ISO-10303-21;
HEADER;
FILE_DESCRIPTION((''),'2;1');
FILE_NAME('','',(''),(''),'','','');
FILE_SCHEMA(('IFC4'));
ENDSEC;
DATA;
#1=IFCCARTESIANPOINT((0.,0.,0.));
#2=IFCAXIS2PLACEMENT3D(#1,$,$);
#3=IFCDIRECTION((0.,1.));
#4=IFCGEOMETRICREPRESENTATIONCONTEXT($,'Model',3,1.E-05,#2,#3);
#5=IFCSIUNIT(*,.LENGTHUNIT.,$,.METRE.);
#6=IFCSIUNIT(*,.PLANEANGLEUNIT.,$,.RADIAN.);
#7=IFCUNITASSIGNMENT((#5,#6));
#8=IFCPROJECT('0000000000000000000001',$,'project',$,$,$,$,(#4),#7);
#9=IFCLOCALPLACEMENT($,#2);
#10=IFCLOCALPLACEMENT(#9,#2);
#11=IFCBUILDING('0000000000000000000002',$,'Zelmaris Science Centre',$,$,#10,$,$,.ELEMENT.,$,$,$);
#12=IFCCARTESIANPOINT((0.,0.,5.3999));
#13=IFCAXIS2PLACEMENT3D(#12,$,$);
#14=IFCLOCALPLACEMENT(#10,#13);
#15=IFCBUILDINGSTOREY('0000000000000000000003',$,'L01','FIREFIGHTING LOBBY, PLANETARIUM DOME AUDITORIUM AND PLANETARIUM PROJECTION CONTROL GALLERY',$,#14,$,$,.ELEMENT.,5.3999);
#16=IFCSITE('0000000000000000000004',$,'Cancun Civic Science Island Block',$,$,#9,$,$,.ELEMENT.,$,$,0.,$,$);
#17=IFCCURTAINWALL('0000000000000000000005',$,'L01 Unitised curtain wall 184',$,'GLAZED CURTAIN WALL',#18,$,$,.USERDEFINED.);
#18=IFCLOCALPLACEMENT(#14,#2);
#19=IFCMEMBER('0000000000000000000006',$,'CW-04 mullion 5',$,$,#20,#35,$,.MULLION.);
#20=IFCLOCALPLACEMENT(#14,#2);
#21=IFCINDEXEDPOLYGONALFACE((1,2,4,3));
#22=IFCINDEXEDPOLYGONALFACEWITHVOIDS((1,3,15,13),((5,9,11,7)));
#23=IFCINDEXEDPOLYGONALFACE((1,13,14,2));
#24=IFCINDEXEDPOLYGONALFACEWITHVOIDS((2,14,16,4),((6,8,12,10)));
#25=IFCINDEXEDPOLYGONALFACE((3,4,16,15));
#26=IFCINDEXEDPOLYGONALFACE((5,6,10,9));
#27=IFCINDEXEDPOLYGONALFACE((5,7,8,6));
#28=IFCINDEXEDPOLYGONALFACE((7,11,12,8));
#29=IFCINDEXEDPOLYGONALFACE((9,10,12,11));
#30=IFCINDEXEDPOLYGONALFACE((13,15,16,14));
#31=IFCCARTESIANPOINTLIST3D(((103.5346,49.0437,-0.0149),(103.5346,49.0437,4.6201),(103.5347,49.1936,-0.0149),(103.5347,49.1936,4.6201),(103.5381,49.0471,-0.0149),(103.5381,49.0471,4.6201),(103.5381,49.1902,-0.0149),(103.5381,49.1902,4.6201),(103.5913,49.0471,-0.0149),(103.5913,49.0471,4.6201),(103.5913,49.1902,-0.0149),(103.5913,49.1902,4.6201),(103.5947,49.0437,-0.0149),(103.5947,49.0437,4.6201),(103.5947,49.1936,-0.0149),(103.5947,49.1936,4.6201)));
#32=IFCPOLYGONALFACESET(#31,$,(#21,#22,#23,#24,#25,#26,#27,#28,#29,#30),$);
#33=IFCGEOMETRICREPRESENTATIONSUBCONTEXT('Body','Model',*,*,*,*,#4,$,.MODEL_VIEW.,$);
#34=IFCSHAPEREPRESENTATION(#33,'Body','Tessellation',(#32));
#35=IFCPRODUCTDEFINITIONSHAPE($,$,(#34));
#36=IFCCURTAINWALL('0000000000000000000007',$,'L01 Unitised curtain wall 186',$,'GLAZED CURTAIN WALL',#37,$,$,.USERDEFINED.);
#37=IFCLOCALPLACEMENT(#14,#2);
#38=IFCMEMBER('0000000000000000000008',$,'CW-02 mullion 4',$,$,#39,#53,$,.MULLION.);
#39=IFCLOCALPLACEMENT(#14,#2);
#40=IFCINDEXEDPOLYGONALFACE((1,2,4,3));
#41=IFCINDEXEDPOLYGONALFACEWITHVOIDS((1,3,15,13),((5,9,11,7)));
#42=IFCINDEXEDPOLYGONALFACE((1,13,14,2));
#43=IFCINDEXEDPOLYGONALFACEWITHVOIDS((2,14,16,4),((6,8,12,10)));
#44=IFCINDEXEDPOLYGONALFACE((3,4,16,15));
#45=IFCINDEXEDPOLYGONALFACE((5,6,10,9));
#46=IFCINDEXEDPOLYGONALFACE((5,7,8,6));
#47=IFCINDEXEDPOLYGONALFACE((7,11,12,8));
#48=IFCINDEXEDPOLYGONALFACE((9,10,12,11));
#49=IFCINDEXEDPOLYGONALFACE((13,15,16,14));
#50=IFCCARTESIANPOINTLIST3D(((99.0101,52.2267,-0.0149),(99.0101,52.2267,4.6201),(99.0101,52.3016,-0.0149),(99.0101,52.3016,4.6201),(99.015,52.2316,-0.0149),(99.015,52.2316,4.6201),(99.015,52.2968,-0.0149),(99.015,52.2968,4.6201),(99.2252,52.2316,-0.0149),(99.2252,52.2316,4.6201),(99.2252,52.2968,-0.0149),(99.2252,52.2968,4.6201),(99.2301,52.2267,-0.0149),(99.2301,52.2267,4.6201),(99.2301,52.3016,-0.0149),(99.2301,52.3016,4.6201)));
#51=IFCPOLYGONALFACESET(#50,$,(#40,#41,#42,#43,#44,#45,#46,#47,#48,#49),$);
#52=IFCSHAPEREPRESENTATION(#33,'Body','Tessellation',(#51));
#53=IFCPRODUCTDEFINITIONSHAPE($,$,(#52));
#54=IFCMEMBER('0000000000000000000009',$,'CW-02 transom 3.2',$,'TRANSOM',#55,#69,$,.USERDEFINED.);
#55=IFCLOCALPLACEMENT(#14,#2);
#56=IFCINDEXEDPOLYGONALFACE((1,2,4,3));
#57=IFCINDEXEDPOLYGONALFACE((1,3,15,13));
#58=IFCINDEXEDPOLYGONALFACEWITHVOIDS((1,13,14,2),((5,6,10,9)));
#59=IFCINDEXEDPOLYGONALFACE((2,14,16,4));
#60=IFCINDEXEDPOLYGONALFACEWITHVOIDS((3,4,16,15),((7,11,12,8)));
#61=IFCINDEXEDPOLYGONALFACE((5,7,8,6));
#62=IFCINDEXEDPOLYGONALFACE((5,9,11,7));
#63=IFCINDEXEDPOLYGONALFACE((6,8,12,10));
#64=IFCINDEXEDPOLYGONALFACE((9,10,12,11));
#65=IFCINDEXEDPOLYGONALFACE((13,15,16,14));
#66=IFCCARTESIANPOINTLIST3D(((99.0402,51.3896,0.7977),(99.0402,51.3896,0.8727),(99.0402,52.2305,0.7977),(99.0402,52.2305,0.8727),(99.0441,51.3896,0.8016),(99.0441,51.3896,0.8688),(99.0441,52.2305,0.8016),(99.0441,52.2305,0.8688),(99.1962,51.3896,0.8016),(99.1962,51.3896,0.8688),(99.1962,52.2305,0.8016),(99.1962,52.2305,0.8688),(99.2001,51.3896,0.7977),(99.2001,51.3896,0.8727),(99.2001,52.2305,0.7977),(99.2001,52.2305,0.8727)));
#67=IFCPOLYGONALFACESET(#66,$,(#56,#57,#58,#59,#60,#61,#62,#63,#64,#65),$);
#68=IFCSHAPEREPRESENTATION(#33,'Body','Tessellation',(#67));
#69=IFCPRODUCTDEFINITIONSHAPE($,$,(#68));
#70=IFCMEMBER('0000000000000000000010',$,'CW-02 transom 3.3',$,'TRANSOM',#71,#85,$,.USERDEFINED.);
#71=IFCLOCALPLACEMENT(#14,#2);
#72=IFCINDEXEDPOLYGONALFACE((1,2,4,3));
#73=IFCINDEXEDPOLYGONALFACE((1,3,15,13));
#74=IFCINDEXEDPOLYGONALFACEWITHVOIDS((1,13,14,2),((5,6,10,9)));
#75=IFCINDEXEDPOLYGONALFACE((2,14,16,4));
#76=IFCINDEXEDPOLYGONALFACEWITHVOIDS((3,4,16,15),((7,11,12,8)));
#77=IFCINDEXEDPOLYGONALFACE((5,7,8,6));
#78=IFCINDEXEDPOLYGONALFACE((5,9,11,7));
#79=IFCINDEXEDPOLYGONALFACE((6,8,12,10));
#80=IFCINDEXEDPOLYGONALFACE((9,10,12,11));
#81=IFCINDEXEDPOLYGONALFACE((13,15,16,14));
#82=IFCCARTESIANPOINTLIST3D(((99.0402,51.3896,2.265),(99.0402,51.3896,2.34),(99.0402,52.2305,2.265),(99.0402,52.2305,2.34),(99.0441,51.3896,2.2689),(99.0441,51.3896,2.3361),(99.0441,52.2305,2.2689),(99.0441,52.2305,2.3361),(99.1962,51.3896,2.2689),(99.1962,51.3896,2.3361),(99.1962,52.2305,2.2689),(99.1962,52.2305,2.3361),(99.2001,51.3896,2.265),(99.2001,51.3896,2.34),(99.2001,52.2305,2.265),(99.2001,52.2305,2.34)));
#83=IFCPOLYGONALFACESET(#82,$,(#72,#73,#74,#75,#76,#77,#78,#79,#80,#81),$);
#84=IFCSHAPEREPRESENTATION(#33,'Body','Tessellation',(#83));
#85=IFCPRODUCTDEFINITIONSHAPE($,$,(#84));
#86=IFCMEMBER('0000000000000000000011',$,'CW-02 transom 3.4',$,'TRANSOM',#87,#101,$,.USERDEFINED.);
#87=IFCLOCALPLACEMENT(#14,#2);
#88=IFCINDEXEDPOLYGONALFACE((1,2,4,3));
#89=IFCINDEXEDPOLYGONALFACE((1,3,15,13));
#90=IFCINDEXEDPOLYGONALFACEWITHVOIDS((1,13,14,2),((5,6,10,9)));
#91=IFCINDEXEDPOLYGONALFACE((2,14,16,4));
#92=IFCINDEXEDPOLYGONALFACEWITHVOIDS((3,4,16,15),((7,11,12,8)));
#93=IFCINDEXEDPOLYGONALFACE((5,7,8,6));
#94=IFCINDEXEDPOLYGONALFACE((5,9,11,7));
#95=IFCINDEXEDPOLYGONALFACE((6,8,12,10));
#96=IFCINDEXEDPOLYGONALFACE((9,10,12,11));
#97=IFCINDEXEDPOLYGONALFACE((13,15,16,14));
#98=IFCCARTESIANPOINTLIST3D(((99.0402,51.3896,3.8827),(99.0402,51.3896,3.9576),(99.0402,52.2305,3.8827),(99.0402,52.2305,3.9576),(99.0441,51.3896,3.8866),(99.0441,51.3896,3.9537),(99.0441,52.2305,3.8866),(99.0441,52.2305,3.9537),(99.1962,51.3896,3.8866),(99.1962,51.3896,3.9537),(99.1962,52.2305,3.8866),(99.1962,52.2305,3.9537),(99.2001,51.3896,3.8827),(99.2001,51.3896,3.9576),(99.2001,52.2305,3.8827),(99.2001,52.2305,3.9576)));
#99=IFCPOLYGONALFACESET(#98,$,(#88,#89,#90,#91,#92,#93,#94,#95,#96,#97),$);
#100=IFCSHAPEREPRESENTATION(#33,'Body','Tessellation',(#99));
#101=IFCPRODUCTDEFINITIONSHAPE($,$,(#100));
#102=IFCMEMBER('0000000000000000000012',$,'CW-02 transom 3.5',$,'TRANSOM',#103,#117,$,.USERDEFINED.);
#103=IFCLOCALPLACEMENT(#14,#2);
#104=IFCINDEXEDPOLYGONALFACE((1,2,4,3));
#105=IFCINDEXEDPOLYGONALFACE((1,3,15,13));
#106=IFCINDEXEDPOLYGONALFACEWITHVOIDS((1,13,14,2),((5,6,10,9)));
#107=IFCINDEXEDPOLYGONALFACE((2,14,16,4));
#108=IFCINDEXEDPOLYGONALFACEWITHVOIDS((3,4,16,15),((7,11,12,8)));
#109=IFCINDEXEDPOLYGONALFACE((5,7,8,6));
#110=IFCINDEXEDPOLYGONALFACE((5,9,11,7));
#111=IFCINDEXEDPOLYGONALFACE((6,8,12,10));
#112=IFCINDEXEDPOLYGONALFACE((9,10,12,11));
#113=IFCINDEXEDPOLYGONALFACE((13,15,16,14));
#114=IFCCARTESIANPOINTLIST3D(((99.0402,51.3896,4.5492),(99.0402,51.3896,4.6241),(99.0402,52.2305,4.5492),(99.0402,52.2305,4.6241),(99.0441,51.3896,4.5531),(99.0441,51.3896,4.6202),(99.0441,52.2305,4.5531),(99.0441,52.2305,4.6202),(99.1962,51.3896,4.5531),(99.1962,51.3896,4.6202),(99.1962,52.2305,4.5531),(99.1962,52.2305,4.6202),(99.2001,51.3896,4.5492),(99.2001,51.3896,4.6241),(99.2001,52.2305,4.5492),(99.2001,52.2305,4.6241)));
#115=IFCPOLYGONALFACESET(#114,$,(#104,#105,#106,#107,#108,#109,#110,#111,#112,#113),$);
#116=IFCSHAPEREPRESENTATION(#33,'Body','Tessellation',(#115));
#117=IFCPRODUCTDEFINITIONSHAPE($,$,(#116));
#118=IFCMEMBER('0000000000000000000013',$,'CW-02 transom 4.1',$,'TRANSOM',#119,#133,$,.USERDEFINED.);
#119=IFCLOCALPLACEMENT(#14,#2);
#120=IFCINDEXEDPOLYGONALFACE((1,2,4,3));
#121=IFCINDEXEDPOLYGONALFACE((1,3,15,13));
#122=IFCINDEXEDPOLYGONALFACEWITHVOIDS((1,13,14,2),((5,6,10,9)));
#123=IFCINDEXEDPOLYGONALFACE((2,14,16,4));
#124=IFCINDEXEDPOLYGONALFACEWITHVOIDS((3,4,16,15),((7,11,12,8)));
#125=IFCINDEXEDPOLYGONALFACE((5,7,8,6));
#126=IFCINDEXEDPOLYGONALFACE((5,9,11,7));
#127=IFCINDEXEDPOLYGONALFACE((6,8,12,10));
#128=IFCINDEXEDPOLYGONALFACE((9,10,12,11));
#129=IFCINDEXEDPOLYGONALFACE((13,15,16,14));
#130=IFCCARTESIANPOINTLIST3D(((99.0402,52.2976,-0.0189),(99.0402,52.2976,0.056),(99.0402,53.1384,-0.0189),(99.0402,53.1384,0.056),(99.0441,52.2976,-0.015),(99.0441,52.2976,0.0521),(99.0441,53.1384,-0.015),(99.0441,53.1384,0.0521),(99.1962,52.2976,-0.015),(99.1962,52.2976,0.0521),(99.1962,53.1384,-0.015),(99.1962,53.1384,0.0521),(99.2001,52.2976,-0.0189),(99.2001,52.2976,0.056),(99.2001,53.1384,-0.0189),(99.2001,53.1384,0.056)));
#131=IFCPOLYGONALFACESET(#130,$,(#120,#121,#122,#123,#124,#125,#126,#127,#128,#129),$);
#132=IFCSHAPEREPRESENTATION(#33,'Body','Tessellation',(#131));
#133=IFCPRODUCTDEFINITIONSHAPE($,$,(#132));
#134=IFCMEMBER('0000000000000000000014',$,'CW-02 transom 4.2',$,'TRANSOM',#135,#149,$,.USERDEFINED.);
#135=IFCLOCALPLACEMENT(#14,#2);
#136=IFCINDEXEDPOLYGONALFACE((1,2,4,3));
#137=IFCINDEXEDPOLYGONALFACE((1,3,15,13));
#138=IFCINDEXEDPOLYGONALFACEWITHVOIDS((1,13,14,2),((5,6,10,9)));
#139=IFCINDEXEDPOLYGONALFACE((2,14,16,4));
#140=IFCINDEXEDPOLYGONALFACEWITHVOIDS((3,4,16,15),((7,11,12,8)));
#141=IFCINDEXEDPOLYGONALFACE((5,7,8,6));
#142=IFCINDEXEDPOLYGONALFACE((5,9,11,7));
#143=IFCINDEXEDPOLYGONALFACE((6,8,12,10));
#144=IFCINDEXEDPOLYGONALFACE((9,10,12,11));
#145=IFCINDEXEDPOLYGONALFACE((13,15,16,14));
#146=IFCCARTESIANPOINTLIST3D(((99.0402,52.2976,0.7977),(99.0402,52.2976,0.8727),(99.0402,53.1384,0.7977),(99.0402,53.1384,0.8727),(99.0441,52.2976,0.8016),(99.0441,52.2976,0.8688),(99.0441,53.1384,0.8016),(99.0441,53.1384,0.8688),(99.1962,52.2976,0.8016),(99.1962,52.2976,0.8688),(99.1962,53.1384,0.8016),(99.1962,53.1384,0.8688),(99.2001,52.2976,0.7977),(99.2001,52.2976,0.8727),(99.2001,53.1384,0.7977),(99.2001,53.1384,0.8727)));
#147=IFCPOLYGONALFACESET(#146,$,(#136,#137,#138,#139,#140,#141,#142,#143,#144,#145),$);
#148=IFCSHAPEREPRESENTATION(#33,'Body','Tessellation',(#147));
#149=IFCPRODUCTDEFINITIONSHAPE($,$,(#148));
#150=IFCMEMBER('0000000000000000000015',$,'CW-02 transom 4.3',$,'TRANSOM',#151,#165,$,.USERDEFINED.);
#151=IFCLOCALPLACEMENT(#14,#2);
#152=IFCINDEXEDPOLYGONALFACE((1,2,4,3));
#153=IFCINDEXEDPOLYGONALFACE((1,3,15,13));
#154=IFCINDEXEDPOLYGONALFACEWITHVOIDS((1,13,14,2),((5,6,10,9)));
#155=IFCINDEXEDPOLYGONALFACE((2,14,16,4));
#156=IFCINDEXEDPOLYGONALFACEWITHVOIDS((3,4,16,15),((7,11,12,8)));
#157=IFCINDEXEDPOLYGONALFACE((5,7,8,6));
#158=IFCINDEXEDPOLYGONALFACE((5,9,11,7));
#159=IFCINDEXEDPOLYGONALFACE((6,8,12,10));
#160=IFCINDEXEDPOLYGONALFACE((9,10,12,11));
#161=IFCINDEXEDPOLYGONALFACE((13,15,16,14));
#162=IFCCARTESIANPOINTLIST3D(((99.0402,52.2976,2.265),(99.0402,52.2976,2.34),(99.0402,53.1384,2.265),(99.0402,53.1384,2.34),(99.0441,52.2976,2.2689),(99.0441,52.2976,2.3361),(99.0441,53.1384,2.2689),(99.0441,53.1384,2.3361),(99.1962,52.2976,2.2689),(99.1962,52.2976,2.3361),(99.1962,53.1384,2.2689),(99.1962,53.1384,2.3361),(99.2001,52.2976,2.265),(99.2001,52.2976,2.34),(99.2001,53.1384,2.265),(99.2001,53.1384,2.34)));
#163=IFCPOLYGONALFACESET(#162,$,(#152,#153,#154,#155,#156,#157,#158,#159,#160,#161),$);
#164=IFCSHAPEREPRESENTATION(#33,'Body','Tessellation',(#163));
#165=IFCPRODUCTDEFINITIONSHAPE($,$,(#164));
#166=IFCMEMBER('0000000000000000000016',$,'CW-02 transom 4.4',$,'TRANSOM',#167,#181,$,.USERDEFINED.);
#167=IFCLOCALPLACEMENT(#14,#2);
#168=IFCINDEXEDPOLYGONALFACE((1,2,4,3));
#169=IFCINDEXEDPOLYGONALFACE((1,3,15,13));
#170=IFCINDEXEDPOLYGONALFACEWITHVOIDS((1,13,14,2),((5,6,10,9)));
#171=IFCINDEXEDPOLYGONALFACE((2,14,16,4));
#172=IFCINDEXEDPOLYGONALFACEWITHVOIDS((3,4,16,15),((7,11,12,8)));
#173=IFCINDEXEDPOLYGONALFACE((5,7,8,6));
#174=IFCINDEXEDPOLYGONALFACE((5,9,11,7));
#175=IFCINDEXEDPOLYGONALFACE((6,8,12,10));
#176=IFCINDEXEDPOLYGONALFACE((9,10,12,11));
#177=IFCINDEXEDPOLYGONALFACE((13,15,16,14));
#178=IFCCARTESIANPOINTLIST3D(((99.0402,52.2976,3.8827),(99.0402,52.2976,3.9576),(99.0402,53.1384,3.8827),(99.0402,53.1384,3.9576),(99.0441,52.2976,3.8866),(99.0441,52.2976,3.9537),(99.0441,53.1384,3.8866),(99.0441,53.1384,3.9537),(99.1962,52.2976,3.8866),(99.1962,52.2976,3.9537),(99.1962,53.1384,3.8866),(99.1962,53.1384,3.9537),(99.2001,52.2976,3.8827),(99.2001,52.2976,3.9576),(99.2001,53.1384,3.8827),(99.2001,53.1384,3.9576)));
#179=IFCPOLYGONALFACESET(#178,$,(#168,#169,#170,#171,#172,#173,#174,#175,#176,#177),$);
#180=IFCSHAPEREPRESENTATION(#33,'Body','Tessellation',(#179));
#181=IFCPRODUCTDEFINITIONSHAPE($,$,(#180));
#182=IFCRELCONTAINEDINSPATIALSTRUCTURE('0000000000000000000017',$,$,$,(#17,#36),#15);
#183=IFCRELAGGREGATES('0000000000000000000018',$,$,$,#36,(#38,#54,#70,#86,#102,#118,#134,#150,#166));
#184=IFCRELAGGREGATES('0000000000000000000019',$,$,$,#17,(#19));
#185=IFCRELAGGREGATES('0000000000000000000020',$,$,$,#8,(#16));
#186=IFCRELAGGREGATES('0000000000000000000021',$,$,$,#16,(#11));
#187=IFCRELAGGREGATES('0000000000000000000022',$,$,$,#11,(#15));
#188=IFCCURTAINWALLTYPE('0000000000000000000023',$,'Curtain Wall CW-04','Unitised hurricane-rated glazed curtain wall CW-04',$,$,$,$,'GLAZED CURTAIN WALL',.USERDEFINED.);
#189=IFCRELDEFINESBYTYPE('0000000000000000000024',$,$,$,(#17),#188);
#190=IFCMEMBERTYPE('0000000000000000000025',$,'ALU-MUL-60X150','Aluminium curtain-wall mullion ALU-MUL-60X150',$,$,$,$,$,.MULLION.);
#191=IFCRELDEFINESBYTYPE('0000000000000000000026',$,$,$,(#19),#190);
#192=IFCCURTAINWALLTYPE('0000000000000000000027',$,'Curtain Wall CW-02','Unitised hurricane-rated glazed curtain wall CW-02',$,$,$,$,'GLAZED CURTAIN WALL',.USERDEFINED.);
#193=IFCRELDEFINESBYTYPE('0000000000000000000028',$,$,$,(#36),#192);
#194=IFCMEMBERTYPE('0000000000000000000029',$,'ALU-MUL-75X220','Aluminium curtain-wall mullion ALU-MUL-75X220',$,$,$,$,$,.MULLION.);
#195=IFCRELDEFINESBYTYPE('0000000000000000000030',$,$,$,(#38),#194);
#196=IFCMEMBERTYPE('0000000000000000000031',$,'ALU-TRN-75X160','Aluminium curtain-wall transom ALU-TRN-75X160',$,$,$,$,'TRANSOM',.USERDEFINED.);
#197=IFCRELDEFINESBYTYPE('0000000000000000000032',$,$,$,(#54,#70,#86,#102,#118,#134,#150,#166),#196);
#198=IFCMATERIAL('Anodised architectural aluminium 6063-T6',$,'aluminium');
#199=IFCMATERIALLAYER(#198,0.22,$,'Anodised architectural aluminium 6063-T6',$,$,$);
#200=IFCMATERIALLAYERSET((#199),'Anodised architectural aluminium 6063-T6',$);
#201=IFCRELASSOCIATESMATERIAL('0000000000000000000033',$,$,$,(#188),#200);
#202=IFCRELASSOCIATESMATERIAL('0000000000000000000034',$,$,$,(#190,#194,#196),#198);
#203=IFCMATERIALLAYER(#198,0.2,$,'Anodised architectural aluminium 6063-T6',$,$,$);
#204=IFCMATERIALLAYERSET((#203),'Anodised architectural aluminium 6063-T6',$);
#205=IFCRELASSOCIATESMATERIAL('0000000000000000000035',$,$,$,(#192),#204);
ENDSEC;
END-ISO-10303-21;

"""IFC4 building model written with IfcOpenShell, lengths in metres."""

from ifc_helpers import new_model, si_unit, direction, frame, origin, origin_2d, place, context, subcontext, project, spatial, hollow_rectangle, extrude, material, layer, layer_set, material_profile, profile_set, type_object, element, aggregate, save


model = new_model("IFC4")

# Units and contexts
model_context = context("Model", 3, precision=1e-05, world=origin(), true_north=direction((0.0, 1.0)))
body_context = subcontext(model_context, "Body", "Model", "MODEL_VIEW")
ifc_project = project(units=[si_unit("LENGTHUNIT", "METRE"), si_unit("PLANEANGLEUNIT", "RADIAN")], contexts=[model_context])

# Site, building, storey
site_placement = place(None, origin())
site = spatial("IfcSite", under=ifc_project, at=site_placement, Name="Cancun Civic Science Island Block", CompositionType="ELEMENT", RefElevation=0.0)
building_placement = place(site_placement, origin())
building = spatial("IfcBuilding", under=site, at=building_placement, Name="Zelmaris Science Centre", CompositionType="ELEMENT")
storey_placement = place(building_placement, frame((0.0, 0.0, 5.3999)))
storey = spatial("IfcBuildingStorey", under=building, at=storey_placement, Name="L01", Description="FIREFIGHTING LOBBY, PLANETARIUM DOME AUDITORIUM AND PLANETARIUM PROJECTION CONTROL GALLERY", CompositionType="ELEMENT", Elevation=5.3999)

# Curtain wall, member
ifc_material_1 = material(Name="Anodised architectural aluminium 6063-T6", Category="aluminium")
ifc_layer_1 = layer(ifc_material_1, 0.22, Name="Anodised architectural aluminium 6063-T6")
ifc_layer_set_1 = layer_set([ifc_layer_1], Name="Anodised architectural aluminium 6063-T6")
curtain_wall_type_1 = type_object("IfcCurtainWallType", Name="Curtain Wall CW-04", Description="Unitised hurricane-rated glazed curtain wall CW-04", ElementType="GLAZED CURTAIN WALL", PredefinedType="USERDEFINED", material=ifc_layer_set_1)
curtain_wall_1_placement = place(storey_placement, origin())
curtain_wall_1 = element("IfcCurtainWall", 1, at=curtain_wall_1_placement, inside=storey, type_object=curtain_wall_type_1, Name="L01 Unitised curtain wall 184", ObjectType="GLAZED CURTAIN WALL", PredefinedType="USERDEFINED")
ifc_material_profile_1 = material_profile(ifc_material_1, hollow_rectangle(XDim=0.0601, YDim=0.1499, WallThickness=0.0034, at=origin_2d()), Name="ALU-MUL-60X150")
ifc_profile_set_1 = profile_set([ifc_material_profile_1], Name="Anodised architectural aluminium 6063-T6")
member_type_1 = type_object("IfcMemberType", Name="ALU-MUL-60X150", Description="Aluminium curtain-wall mullion ALU-MUL-60X150", PredefinedType="MULLION", material=ifc_profile_set_1)
member_1_placement = place(storey_placement, frame((103.5647, 49.1187, -0.0149), z_axis=(0.0, 0.0, 1.0), x_axis=(-1.0, 0.000297, 0.0)))
member_1 = element("IfcMember", 2, at=member_1_placement, type_object=member_type_1, Name="CW-04 mullion 5", PredefinedType="MULLION", context=body_context, shape_type="SweptSolid", body=[
    extrude(hollow_rectangle(XDim=0.0601, YDim=0.1499, WallThickness=0.0034, at=origin_2d()), origin(), (0.0, 0.0, 1.0), 4.635),
])

# Curtain wall, members
ifc_layer_2 = layer(ifc_material_1, 0.2, Name="Anodised architectural aluminium 6063-T6")
ifc_layer_set_2 = layer_set([ifc_layer_2], Name="Anodised architectural aluminium 6063-T6")
curtain_wall_type_2 = type_object("IfcCurtainWallType", Name="Curtain Wall CW-02", Description="Unitised hurricane-rated glazed curtain wall CW-02", ElementType="GLAZED CURTAIN WALL", PredefinedType="USERDEFINED", material=ifc_layer_set_2)
curtain_wall_2_placement = place(storey_placement, origin())
curtain_wall_2 = element("IfcCurtainWall", 3, at=curtain_wall_2_placement, inside=storey, type_object=curtain_wall_type_2, Name="L01 Unitised curtain wall 186", ObjectType="GLAZED CURTAIN WALL", PredefinedType="USERDEFINED")
ifc_material_profile_2 = material_profile(ifc_material_1, hollow_rectangle(XDim=0.075, YDim=0.22, WallThickness=0.0049, at=origin_2d()), Name="ALU-MUL-75X220")
ifc_profile_set_2 = profile_set([ifc_material_profile_2], Name="Anodised architectural aluminium 6063-T6")
member_type_2 = type_object("IfcMemberType", Name="ALU-MUL-75X220", Description="Aluminium curtain-wall mullion ALU-MUL-75X220", PredefinedType="MULLION", material=ifc_profile_set_2)
member_2_placement = place(storey_placement, frame((99.1201, 52.2642, -0.0149), z_axis=(0.0, 0.0, 1.0), x_axis=(-0.000005, 1.0, 0.0)))
member_2 = element("IfcMember", 4, at=member_2_placement, type_object=member_type_2, Name="CW-02 mullion 4", PredefinedType="MULLION", context=body_context, shape_type="SweptSolid", body=[
    extrude(hollow_rectangle(XDim=0.075, YDim=0.22, WallThickness=0.0049, at=origin_2d()), origin(), (0.0, 0.0, 1.0), 4.635),
])
ifc_material_profile_3 = material_profile(ifc_material_1, hollow_rectangle(XDim=0.075, YDim=0.1599, WallThickness=0.0039, at=origin_2d()), Name="ALU-TRN-75X160")
ifc_profile_set_3 = profile_set([ifc_material_profile_3], Name="Anodised architectural aluminium 6063-T6")
member_type_3 = type_object("IfcMemberType", Name="ALU-TRN-75X160", Description="Aluminium curtain-wall transom ALU-TRN-75X160", ElementType="TRANSOM", PredefinedType="USERDEFINED", material=ifc_profile_set_3)
member_3_placement = place(storey_placement, frame((99.1201, 51.3896, 0.8352), z_axis=(0.0, 1.0, 0.0), x_axis=(0.0, 0.0, 1.0)))
member_3 = element("IfcMember", 5, at=member_3_placement, type_object=member_type_3, Name="CW-02 transom 3.2", ObjectType="TRANSOM", PredefinedType="USERDEFINED", context=body_context, shape_type="SweptSolid", body=[
    extrude(hollow_rectangle(XDim=0.075, YDim=0.1599, WallThickness=0.0039, at=origin_2d()), origin(), (0.0, 0.0, 1.0), 0.8408),
])
member_4_placement = place(storey_placement, frame((99.1201, 51.3896, 2.3025), z_axis=(0.0, 1.0, 0.0), x_axis=(0.0, 0.0, 1.0)))
member_4 = element("IfcMember", 6, at=member_4_placement, type_object=member_type_3, Name="CW-02 transom 3.3", ObjectType="TRANSOM", PredefinedType="USERDEFINED", context=body_context, shape_type="SweptSolid", body=[
    extrude(hollow_rectangle(XDim=0.075, YDim=0.1599, WallThickness=0.0039, at=origin_2d()), origin(), (0.0, 0.0, 1.0), 0.8408),
])
member_5_placement = place(storey_placement, frame((99.1201, 51.3896, 3.9202), z_axis=(0.0, 1.0, 0.0), x_axis=(0.0, 0.0, 1.0)))
member_5 = element("IfcMember", 7, at=member_5_placement, type_object=member_type_3, Name="CW-02 transom 3.4", ObjectType="TRANSOM", PredefinedType="USERDEFINED", context=body_context, shape_type="SweptSolid", body=[
    extrude(hollow_rectangle(XDim=0.075, YDim=0.1599, WallThickness=0.0039, at=origin_2d()), origin(), (0.0, 0.0, 1.0), 0.8408),
])
member_6_placement = place(storey_placement, frame((99.1201, 51.3896, 4.5867), z_axis=(0.0, 1.0, 0.0), x_axis=(0.0, 0.0, 1.0)))
member_6 = element("IfcMember", 8, at=member_6_placement, type_object=member_type_3, Name="CW-02 transom 3.5", ObjectType="TRANSOM", PredefinedType="USERDEFINED", context=body_context, shape_type="SweptSolid", body=[
    extrude(hollow_rectangle(XDim=0.075, YDim=0.1599, WallThickness=0.0039, at=origin_2d()), origin(), (0.0, 0.0, 1.0), 0.8408),
])
member_7_placement = place(storey_placement, frame((99.1201, 52.2976, 0.0186), z_axis=(0.0, 1.0, 0.0), x_axis=(0.0, 0.0, 1.0)))
member_7 = element("IfcMember", 9, at=member_7_placement, type_object=member_type_3, Name="CW-02 transom 4.1", ObjectType="TRANSOM", PredefinedType="USERDEFINED", context=body_context, shape_type="SweptSolid", body=[
    extrude(hollow_rectangle(XDim=0.075, YDim=0.1599, WallThickness=0.0039, at=origin_2d()), origin(), (0.0, 0.0, 1.0), 0.8408),
])
member_8_placement = place(storey_placement, frame((99.1201, 52.2976, 0.8352), z_axis=(0.0, 1.0, 0.0), x_axis=(0.0, 0.0, 1.0)))
member_8 = element("IfcMember", 10, at=member_8_placement, type_object=member_type_3, Name="CW-02 transom 4.2", ObjectType="TRANSOM", PredefinedType="USERDEFINED", context=body_context, shape_type="SweptSolid", body=[
    extrude(hollow_rectangle(XDim=0.075, YDim=0.1599, WallThickness=0.0039, at=origin_2d()), origin(), (0.0, 0.0, 1.0), 0.8408),
])
member_9_placement = place(storey_placement, frame((99.1201, 52.2976, 2.3025), z_axis=(0.0, 1.0, 0.0), x_axis=(0.0, 0.0, 1.0)))
member_9 = element("IfcMember", 11, at=member_9_placement, type_object=member_type_3, Name="CW-02 transom 4.3", ObjectType="TRANSOM", PredefinedType="USERDEFINED", context=body_context, shape_type="SweptSolid", body=[
    extrude(hollow_rectangle(XDim=0.075, YDim=0.1599, WallThickness=0.0039, at=origin_2d()), origin(), (0.0, 0.0, 1.0), 0.8408),
])
member_10_placement = place(storey_placement, frame((99.1201, 52.2976, 3.9202), z_axis=(0.0, 1.0, 0.0), x_axis=(0.0, 0.0, 1.0)))
member_10 = element("IfcMember", 12, at=member_10_placement, type_object=member_type_3, Name="CW-02 transom 4.4", ObjectType="TRANSOM", PredefinedType="USERDEFINED", context=body_context, shape_type="SweptSolid", body=[
    extrude(hollow_rectangle(XDim=0.075, YDim=0.1599, WallThickness=0.0039, at=origin_2d()), origin(), (0.0, 0.0, 1.0), 0.8408),
])
aggregate(curtain_wall_2, [member_2, member_3, member_4, member_5, member_6, member_7, member_8, member_9, member_10])

aggregate(curtain_wall_1, [member_1])

save(model, "model.ifc")
